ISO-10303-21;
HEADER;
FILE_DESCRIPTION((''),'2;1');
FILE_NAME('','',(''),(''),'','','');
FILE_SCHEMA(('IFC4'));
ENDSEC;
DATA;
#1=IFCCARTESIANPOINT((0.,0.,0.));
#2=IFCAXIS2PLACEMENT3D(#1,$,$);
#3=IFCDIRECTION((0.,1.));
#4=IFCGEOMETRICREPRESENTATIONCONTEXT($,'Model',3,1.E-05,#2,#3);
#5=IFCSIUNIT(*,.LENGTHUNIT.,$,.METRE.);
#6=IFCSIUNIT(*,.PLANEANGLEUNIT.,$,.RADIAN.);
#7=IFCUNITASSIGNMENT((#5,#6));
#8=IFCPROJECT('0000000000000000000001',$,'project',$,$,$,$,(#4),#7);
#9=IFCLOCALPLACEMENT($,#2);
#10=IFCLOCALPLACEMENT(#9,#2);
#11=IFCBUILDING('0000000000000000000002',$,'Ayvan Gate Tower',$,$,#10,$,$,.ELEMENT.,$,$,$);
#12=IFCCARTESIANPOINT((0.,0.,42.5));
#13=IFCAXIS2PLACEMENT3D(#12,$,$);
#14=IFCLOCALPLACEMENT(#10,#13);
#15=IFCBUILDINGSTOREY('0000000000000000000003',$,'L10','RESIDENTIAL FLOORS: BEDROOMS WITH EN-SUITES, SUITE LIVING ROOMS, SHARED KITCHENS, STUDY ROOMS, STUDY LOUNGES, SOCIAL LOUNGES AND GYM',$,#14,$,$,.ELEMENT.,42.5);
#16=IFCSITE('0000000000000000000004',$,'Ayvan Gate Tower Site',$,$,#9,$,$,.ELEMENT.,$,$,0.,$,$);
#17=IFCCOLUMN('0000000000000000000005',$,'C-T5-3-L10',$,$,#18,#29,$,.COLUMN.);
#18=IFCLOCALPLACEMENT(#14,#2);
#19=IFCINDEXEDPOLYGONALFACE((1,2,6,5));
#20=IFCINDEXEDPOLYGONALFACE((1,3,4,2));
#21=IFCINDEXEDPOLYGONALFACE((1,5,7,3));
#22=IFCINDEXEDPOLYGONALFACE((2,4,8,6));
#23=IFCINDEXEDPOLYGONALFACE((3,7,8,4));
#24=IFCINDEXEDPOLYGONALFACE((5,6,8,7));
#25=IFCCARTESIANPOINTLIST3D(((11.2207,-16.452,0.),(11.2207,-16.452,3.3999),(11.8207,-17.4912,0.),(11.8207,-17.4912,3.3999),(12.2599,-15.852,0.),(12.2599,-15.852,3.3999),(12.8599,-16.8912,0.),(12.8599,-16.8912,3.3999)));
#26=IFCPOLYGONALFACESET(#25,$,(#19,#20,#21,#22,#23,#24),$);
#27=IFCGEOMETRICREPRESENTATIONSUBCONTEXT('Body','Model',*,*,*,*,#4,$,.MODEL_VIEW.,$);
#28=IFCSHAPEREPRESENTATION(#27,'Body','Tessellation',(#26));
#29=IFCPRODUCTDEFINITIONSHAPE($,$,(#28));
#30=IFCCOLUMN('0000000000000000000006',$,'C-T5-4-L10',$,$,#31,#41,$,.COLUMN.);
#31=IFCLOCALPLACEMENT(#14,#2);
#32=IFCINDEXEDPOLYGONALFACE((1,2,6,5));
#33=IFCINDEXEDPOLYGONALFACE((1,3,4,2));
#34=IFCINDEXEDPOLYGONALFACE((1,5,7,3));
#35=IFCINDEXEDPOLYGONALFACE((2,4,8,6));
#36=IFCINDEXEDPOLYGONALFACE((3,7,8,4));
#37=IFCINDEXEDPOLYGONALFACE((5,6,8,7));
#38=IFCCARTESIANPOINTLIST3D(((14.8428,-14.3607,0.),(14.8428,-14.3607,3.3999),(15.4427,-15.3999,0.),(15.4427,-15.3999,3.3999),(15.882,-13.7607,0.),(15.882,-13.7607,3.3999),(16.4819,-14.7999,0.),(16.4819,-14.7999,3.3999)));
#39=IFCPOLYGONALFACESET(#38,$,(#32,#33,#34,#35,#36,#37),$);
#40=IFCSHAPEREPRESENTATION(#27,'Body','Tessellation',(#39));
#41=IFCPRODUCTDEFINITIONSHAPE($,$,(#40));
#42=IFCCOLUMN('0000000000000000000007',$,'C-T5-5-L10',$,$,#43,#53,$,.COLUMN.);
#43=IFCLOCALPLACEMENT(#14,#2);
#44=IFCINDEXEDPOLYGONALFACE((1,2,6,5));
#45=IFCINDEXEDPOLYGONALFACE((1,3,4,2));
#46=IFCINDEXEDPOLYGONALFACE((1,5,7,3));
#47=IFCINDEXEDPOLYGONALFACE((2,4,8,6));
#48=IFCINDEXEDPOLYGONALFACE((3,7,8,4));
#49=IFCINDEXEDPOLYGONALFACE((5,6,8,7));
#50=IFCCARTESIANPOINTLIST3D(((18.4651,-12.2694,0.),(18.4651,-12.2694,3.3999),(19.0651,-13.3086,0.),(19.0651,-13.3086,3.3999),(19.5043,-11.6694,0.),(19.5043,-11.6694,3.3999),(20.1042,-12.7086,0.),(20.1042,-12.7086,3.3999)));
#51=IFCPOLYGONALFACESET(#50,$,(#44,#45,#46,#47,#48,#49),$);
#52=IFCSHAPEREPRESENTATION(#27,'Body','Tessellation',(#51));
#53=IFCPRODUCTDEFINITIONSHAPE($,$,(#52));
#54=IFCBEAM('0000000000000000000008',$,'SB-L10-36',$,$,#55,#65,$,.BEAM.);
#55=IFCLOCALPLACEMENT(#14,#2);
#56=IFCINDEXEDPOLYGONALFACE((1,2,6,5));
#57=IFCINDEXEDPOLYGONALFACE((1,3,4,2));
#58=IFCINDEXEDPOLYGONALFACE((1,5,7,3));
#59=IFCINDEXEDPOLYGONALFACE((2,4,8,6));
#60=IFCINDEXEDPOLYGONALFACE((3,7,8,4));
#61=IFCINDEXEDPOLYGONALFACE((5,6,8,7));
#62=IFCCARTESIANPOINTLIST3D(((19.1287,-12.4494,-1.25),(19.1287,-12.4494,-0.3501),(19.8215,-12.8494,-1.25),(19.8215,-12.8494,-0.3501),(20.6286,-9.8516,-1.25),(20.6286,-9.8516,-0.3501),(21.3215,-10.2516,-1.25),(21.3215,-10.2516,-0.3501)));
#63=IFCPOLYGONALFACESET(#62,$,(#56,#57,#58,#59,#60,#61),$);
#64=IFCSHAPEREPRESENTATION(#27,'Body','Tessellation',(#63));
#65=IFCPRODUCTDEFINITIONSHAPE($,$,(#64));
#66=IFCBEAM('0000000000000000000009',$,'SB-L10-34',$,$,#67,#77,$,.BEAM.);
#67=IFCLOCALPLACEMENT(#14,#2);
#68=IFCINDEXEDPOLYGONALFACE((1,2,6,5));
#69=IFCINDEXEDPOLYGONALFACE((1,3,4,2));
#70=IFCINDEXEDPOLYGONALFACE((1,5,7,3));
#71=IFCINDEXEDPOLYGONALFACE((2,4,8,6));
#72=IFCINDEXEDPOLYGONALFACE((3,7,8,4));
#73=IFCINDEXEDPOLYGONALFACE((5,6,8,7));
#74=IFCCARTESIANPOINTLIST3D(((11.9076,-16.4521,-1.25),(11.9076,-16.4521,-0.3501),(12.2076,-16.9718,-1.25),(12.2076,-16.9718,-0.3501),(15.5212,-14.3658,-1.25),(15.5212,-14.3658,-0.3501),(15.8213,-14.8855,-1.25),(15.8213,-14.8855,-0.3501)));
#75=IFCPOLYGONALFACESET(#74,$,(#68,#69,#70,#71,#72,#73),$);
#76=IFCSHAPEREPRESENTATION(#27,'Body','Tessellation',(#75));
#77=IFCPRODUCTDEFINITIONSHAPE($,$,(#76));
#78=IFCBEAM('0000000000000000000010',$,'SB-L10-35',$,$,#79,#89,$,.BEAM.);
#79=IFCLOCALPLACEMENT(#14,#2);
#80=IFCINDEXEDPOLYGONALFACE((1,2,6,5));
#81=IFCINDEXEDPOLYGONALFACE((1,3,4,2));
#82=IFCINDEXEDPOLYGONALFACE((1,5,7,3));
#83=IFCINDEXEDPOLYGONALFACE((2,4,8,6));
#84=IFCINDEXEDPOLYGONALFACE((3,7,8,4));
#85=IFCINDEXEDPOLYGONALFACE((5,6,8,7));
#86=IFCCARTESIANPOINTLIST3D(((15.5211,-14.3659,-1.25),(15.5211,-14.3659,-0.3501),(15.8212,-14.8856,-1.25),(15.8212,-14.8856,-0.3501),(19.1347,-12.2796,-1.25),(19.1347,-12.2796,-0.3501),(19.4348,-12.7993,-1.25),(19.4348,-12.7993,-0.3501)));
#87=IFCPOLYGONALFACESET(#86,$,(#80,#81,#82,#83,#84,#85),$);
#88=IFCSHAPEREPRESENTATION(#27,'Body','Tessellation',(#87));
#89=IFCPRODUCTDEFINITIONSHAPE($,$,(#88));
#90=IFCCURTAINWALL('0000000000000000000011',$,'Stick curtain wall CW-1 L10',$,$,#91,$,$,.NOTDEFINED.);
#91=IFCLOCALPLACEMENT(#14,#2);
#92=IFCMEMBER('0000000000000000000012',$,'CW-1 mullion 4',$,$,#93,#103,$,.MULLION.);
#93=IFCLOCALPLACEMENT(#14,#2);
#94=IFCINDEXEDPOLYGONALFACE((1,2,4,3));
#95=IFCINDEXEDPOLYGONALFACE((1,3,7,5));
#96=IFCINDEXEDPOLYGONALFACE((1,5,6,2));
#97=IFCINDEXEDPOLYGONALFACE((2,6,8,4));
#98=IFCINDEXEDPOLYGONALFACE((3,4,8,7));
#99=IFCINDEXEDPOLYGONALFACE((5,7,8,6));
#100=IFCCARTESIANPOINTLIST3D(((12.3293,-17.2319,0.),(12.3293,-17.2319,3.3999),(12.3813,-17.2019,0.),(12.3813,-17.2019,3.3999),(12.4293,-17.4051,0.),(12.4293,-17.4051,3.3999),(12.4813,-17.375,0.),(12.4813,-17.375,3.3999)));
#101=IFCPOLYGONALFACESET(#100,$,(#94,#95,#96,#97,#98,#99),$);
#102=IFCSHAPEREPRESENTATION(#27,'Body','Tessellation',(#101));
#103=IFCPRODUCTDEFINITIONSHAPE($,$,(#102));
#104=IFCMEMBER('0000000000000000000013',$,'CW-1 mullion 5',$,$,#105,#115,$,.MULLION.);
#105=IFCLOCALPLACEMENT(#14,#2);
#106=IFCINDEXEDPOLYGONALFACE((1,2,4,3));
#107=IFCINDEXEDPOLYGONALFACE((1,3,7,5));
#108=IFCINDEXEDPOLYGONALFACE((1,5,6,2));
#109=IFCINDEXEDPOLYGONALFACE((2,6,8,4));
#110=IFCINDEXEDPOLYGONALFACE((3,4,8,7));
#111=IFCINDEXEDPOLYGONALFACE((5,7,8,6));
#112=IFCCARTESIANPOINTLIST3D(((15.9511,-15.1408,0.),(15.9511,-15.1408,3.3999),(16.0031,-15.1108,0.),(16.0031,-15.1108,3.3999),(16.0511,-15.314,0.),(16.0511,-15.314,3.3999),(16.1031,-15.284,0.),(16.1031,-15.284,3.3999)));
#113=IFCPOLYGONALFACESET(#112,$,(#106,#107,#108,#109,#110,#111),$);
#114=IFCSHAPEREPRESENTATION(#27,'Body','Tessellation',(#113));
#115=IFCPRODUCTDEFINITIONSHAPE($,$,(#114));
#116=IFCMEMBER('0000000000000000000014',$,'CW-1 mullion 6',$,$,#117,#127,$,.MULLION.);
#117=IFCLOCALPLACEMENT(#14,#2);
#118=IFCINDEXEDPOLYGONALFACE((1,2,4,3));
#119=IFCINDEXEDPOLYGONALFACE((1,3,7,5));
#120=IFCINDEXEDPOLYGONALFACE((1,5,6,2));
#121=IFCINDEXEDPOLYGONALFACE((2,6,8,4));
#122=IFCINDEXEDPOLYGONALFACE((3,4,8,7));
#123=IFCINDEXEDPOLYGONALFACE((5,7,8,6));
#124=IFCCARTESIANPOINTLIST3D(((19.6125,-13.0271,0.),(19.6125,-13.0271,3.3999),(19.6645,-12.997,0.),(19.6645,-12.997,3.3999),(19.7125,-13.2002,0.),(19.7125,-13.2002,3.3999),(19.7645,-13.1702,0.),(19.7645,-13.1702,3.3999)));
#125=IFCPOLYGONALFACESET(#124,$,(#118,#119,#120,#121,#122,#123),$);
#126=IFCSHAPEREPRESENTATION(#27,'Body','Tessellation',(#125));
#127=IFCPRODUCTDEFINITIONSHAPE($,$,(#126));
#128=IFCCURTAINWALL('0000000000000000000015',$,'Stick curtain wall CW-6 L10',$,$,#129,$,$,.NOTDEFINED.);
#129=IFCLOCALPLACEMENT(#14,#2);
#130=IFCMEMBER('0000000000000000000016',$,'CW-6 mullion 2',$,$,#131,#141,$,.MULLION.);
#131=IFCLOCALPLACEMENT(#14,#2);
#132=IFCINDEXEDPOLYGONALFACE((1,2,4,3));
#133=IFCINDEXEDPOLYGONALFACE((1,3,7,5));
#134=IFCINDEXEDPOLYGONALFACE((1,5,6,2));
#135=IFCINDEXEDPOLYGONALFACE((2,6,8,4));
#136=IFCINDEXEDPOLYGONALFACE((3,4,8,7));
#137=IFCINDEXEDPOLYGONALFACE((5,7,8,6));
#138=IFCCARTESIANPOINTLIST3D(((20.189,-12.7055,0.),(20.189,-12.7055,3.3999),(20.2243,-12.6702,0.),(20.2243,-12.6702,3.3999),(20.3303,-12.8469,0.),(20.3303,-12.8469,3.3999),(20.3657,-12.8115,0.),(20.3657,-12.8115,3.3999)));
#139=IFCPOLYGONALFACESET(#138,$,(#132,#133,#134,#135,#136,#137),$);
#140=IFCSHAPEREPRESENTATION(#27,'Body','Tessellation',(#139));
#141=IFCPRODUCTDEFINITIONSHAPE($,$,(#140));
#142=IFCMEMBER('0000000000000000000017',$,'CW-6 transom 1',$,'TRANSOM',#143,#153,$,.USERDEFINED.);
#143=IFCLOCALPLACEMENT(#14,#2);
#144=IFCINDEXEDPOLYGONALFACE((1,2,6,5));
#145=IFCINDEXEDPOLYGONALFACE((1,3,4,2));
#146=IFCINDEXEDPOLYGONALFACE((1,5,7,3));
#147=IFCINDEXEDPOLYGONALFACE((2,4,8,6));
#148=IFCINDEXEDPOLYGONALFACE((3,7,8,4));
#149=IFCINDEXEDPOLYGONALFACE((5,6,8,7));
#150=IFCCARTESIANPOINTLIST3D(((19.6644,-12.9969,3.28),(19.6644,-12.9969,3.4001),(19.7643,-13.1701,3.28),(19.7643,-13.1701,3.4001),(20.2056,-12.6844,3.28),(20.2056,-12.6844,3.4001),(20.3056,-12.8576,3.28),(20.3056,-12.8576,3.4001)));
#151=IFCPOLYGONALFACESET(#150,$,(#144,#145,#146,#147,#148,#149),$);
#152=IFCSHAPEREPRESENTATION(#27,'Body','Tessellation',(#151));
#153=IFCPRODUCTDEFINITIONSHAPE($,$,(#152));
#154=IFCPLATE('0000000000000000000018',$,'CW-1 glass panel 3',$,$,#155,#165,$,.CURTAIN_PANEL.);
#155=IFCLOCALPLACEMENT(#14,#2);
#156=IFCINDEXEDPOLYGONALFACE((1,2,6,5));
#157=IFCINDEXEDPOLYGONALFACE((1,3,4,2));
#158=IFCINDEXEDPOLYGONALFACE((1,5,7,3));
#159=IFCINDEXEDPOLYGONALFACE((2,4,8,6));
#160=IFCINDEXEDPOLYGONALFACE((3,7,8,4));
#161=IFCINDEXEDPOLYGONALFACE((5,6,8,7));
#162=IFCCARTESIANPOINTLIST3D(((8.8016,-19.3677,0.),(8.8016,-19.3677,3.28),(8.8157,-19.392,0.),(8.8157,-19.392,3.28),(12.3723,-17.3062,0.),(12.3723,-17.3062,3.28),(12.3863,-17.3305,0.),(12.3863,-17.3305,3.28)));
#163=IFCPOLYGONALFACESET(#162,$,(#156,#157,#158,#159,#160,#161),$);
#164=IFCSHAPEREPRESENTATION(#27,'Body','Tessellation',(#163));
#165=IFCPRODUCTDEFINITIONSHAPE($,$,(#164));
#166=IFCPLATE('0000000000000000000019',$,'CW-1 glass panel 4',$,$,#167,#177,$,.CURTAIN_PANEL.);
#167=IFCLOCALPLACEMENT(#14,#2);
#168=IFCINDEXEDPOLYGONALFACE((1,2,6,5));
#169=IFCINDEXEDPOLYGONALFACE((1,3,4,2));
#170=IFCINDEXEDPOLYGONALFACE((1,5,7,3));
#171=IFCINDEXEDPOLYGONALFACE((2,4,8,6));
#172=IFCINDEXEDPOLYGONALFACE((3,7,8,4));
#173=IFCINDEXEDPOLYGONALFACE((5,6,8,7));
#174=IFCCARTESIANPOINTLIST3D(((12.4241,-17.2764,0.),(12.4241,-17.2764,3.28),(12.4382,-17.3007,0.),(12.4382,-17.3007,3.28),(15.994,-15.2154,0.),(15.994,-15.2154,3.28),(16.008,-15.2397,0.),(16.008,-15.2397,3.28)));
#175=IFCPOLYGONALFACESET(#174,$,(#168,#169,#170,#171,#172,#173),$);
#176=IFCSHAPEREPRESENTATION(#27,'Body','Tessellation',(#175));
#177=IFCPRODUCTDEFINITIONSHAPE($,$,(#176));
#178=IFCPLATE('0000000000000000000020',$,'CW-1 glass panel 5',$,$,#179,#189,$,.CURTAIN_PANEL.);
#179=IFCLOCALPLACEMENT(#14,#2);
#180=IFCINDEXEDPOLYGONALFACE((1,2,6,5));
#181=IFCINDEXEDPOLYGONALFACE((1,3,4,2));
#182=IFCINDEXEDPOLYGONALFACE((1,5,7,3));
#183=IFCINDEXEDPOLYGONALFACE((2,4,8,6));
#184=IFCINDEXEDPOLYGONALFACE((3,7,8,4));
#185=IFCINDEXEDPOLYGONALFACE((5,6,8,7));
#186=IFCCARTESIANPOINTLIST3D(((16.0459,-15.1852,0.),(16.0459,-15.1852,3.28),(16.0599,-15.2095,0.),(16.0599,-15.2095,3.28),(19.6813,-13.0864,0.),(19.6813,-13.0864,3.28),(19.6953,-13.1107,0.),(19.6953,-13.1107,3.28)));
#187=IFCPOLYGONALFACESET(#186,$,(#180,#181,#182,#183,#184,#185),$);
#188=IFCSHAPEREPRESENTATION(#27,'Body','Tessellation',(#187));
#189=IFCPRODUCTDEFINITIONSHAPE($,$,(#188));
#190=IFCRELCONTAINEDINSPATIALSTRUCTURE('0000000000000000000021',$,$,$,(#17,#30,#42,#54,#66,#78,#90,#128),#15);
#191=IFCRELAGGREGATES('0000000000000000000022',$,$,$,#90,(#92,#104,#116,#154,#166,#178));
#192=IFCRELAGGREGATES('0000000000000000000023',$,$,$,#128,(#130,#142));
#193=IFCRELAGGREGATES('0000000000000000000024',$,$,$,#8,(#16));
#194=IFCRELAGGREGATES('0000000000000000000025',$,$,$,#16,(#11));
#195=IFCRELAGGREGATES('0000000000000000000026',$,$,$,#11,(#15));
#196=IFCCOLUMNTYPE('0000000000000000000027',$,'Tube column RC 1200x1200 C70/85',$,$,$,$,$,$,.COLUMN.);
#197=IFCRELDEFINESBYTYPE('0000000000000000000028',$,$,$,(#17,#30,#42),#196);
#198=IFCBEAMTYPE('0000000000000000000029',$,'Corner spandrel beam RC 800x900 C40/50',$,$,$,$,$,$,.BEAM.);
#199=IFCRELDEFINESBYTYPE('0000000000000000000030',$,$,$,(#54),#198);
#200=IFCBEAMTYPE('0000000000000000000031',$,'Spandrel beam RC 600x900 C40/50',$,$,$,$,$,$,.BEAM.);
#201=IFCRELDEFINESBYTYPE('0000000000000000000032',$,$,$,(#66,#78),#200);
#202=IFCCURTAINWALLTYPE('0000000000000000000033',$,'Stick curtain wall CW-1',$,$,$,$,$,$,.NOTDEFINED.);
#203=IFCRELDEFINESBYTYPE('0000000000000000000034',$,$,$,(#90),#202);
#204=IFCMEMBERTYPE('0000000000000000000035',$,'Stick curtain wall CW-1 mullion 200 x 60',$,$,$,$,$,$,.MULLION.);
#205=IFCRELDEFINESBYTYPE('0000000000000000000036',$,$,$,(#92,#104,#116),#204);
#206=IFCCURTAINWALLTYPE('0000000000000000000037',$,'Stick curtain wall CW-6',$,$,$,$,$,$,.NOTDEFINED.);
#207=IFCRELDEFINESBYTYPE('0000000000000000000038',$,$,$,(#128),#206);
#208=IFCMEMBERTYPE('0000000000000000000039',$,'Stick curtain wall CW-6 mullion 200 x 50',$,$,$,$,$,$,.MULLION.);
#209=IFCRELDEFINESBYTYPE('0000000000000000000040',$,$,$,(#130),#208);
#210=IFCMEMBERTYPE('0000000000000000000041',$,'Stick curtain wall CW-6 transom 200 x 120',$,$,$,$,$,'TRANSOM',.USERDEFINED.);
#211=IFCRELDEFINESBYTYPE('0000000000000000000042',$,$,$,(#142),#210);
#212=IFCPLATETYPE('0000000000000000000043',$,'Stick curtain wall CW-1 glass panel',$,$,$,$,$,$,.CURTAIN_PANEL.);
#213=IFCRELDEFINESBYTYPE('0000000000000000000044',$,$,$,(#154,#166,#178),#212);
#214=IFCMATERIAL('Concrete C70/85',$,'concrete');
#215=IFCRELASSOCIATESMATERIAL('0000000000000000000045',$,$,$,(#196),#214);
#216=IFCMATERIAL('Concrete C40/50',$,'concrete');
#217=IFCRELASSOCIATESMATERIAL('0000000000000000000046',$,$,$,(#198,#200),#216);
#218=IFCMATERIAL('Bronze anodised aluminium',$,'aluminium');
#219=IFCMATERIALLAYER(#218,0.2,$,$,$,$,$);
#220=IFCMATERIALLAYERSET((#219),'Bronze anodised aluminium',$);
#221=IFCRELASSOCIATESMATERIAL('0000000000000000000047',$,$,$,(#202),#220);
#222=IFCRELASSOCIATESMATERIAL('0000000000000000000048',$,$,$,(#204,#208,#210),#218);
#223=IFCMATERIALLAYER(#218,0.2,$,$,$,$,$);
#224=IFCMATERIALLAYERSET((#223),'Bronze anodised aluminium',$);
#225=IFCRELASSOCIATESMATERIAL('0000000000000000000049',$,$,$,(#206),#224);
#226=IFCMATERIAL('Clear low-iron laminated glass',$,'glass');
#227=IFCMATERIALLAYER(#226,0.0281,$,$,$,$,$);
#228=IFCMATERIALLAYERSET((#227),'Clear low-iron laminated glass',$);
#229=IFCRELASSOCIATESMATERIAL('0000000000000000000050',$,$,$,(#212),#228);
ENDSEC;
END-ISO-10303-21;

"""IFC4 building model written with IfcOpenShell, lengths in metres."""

from ifc_helpers import new_model, si_unit, direction, frame, origin, origin_2d, place, context, subcontext, project, spatial, rectangle, extrude, material, layer, layer_set, material_profile, profile_set, type_object, element, aggregate, save


model = new_model("IFC4")

# Units and contexts
model_context = context("Model", 3, precision=1e-05, world=origin(), true_north=direction((0.0, 1.0)))
body_context = subcontext(model_context, "Body", "Model", "MODEL_VIEW")
ifc_project = project(units=[si_unit("LENGTHUNIT", "METRE"), si_unit("PLANEANGLEUNIT", "RADIAN")], contexts=[model_context])

# Site, building, storey
site_placement = place(None, origin())
site = spatial("IfcSite", under=ifc_project, at=site_placement, Name="Ayvan Gate Tower Site", CompositionType="ELEMENT", RefElevation=0.0)
building_placement = place(site_placement, origin())
building = spatial("IfcBuilding", under=site, at=building_placement, Name="Ayvan Gate Tower", CompositionType="ELEMENT")
storey_placement = place(building_placement, frame((0.0, 0.0, 42.5)))
storey = spatial("IfcBuildingStorey", under=building, at=storey_placement, Name="L10", Description="RESIDENTIAL FLOORS: BEDROOMS WITH EN-SUITES, SUITE LIVING ROOMS, SHARED KITCHENS, STUDY ROOMS, STUDY LOUNGES, SOCIAL LOUNGES AND GYM", CompositionType="ELEMENT", Elevation=42.5)

# Columns
ifc_material_1 = material(Name="Concrete C70/85", Category="concrete")
ifc_material_profile_1 = material_profile(ifc_material_1, rectangle(XDim=1.2, YDim=1.2, at=origin_2d()), Name="RC 1200x1200")
ifc_profile_set_1 = profile_set([ifc_material_profile_1], Name="Concrete C70/85")
column_type = type_object("IfcColumnType", Name="Tube column RC 1200x1200 C70/85", PredefinedType="COLUMN", material=ifc_profile_set_1)
for number, where, z_axis, x_axis, name in (
    (1, (12.0403, -16.6716, 0.0), (0.0, 0.0, 1.0), (0.5, -0.866025, 0.0), "C-T5-3-L10"),
    (2, (15.6624, -14.5803, 0.0), (0.0, 0.0, 1.0), (0.5, -0.866025, 0.0), "C-T5-4-L10"),
    (3, (19.2847, -12.489, 0.0), (0.0, 0.0, 1.0), (0.5, -0.866025, 0.0), "C-T5-5-L10"),
):
    element("IfcColumn", number, at=place(storey_placement, frame(where, z_axis=z_axis, x_axis=x_axis)), inside=storey, type_object=column_type, Name=name, PredefinedType="COLUMN", context=body_context, shape_type="SweptSolid", body=[
        extrude(rectangle(XDim=1.2, YDim=1.2, at=origin_2d()), origin(), (0.0, 0.0, 1.0), 3.3999),
    ])

# Beams
ifc_material_2 = material(Name="Concrete C40/50", Category="concrete")
ifc_material_profile_2 = material_profile(ifc_material_2, rectangle(XDim=0.8, YDim=0.8999, at=origin_2d()), Name="RC 800x900")
ifc_profile_set_2 = profile_set([ifc_material_profile_2], Name="Concrete C40/50")
beam_type_1 = type_object("IfcBeamType", Name="Corner spandrel beam RC 800x900 C40/50", PredefinedType="BEAM", material=ifc_profile_set_2)
beam_placement = place(storey_placement, frame((19.4751, -12.6494, -0.8), z_axis=(0.500025, 0.866011, 0.0), x_axis=(-0.866011, 0.500025, 0.0)))
element("IfcBeam", 4, at=beam_placement, inside=storey, type_object=beam_type_1, Name="SB-L10-36", PredefinedType="BEAM", context=body_context, shape_type="SweptSolid", body=[
    extrude(rectangle(XDim=0.8, YDim=0.8999, at=origin_2d()), origin(), (0.0, 0.0, 1.0), 2.9998),
])
ifc_material_profile_3 = material_profile(ifc_material_2, rectangle(XDim=0.6001, YDim=0.8999, at=origin_2d()), Name="RC 600x900")
ifc_profile_set_3 = profile_set([ifc_material_profile_3], Name="Concrete C40/50")
beam_type_2 = type_object("IfcBeamType", Name="Spandrel beam RC 600x900 C40/50", PredefinedType="BEAM", material=ifc_profile_set_3)
for number, where, z_axis, x_axis, name in (
    (5, (12.0576, -16.7119, -0.8), (0.866035, 0.499984, 0.0), (-0.499984, 0.866035, 0.0), "SB-L10-34"),
    (6, (15.6711, -14.6257, -0.8), (0.866035, 0.499984, 0.0), (-0.499984, 0.866035, 0.0), "SB-L10-35"),
):
    element("IfcBeam", number, at=place(storey_placement, frame(where, z_axis=z_axis, x_axis=x_axis)), inside=storey, type_object=beam_type_2, Name=name, PredefinedType="BEAM", context=body_context, shape_type="SweptSolid", body=[
        extrude(rectangle(XDim=0.6001, YDim=0.8999, at=origin_2d()), origin(), (0.0, 0.0, 1.0), 4.1726),
    ])

# Curtain walls, members
ifc_material_3 = material(Name="Bronze anodised aluminium", Category="aluminium")
ifc_layer_1 = layer(ifc_material_3, 0.2)
ifc_layer_set_1 = layer_set([ifc_layer_1], Name="Bronze anodised aluminium")
curtain_wall_type_1 = type_object("IfcCurtainWallType", Name="Stick curtain wall CW-1", PredefinedType="NOTDEFINED", material=ifc_layer_set_1)
curtain_wall_1_placement = place(storey_placement, origin())
curtain_wall_1 = element("IfcCurtainWall", 7, at=curtain_wall_1_placement, inside=storey, type_object=curtain_wall_type_1, Name="Stick curtain wall CW-1 L10", PredefinedType="NOTDEFINED")
ifc_material_profile_4 = material_profile(ifc_material_3, rectangle(XDim=0.2, YDim=0.0601, at=origin_2d()), Name="Stick curtain wall CW-1 mullion 200 x 60")
ifc_profile_set_4 = profile_set([ifc_material_profile_4], Name="Bronze anodised aluminium")
member_type_1 = type_object("IfcMemberType", Name="Stick curtain wall CW-1 mullion 200 x 60", PredefinedType="MULLION", material=ifc_profile_set_4)
member_1_placement = place(storey_placement, frame((12.4053, -17.3035, 0.0), z_axis=(0.0, 0.0, 1.0), x_axis=(0.5, -0.866025, 0.0)))
member_1 = element("IfcMember", 8, at=member_1_placement, type_object=member_type_1, Name="CW-1 mullion 4", PredefinedType="MULLION", context=body_context, shape_type="SweptSolid", body=[
    extrude(rectangle(XDim=0.2, YDim=0.0601, at=origin_2d()), origin(), (0.0, 0.0, 1.0), 3.3999),
])
member_2_placement = place(storey_placement, frame((16.0271, -15.2124, 0.0), z_axis=(0.0, 0.0, 1.0), x_axis=(0.5, -0.866025, 0.0)))
member_2 = element("IfcMember", 9, at=member_2_placement, type_object=member_type_1, Name="CW-1 mullion 5", PredefinedType="MULLION", context=body_context, shape_type="SweptSolid", body=[
    extrude(rectangle(XDim=0.2, YDim=0.0601, at=origin_2d()), origin(), (0.0, 0.0, 1.0), 3.3999),
])
member_3_placement = place(storey_placement, frame((19.6885, -13.0986, 0.0), z_axis=(0.0, 0.0, 1.0), x_axis=(0.5, -0.866025, 0.0)))
member_3 = element("IfcMember", 10, at=member_3_placement, type_object=member_type_1, Name="CW-1 mullion 6", PredefinedType="MULLION", context=body_context, shape_type="SweptSolid", body=[
    extrude(rectangle(XDim=0.2, YDim=0.0601, at=origin_2d()), origin(), (0.0, 0.0, 1.0), 3.3999),
])
ifc_layer_2 = layer(ifc_material_3, 0.2)
ifc_layer_set_2 = layer_set([ifc_layer_2], Name="Bronze anodised aluminium")
curtain_wall_type_2 = type_object("IfcCurtainWallType", Name="Stick curtain wall CW-6", PredefinedType="NOTDEFINED", material=ifc_layer_set_2)
curtain_wall_2_placement = place(storey_placement, origin())
curtain_wall_2 = element("IfcCurtainWall", 11, at=curtain_wall_2_placement, inside=storey, type_object=curtain_wall_type_2, Name="Stick curtain wall CW-6 L10", PredefinedType="NOTDEFINED")
ifc_material_profile_5 = material_profile(ifc_material_3, rectangle(XDim=0.2, YDim=0.05, at=origin_2d()), Name="Stick curtain wall CW-6 mullion 200 x 50")
ifc_profile_set_5 = profile_set([ifc_material_profile_5], Name="Bronze anodised aluminium")
member_type_2 = type_object("IfcMemberType", Name="Stick curtain wall CW-6 mullion 200 x 50", PredefinedType="MULLION", material=ifc_profile_set_5)
member_4_placement = place(storey_placement, frame((20.2773, -12.7585, 0.0), z_axis=(0.0, 0.0, 1.0), x_axis=(0.707107, -0.707107, 0.0)))
member_4 = element("IfcMember", 12, at=member_4_placement, type_object=member_type_2, Name="CW-6 mullion 2", PredefinedType="MULLION", context=body_context, shape_type="SweptSolid", body=[
    extrude(rectangle(XDim=0.2, YDim=0.05, at=origin_2d()), origin(), (0.0, 0.0, 1.0), 3.3999),
])
ifc_material_profile_6 = material_profile(ifc_material_3, rectangle(XDim=0.2, YDim=0.1201, at=origin_2d()), Name="Stick curtain wall CW-6 transom 200 x 120")
ifc_profile_set_6 = profile_set([ifc_material_profile_6], Name="Bronze anodised aluminium")
member_type_3 = type_object("IfcMemberType", Name="Stick curtain wall CW-6 transom 200 x 120", ElementType="TRANSOM", PredefinedType="USERDEFINED", material=ifc_profile_set_6)
member_5_placement = place(storey_placement, frame((19.7144, -13.0835, 3.3401), z_axis=(0.866023, 0.500004, 0.0), x_axis=(-0.500004, 0.866023, 0.0)))
member_5 = element("IfcMember", 13, at=member_5_placement, type_object=member_type_3, Name="CW-6 transom 1", ObjectType="TRANSOM", PredefinedType="USERDEFINED", context=body_context, shape_type="SweptSolid", body=[
    extrude(rectangle(XDim=0.2, YDim=0.1201, at=origin_2d()), origin(), (0.0, 0.0, 1.0), 0.625),
])

# Plates
ifc_material_4 = material(Name="Clear low-iron laminated glass", Category="glass")
ifc_layer_3 = layer(ifc_material_4, 0.0281)
ifc_layer_set_3 = layer_set([ifc_layer_3], Name="Clear low-iron laminated glass")
plate_type_1 = type_object("IfcPlateType", Name="Stick curtain wall CW-1 glass panel", PredefinedType="CURTAIN_PANEL", material=ifc_layer_set_3)
plate_1_placement = place(storey_placement, frame((10.594, -18.3491, 0.0), z_axis=(0.0, 0.0, 1.0), x_axis=(0.866025, 0.5, 0.0)))
plate_1 = element("IfcPlate", 14, at=plate_1_placement, type_object=plate_type_1, Name="CW-1 glass panel 3", PredefinedType="CURTAIN_PANEL", context=body_context, shape_type="SweptSolid", body=[
    extrude(rectangle(XDim=4.123, YDim=0.0281, at=origin_2d()), origin(), (0.0, 0.0, 1.0), 3.28),
])
plate_2_placement = place(storey_placement, frame((14.2161, -16.2581, 0.0), z_axis=(0.0, 0.0, 1.0), x_axis=(0.866025, 0.5, 0.0)))
plate_2 = element("IfcPlate", 15, at=plate_2_placement, type_object=plate_type_1, Name="CW-1 glass panel 4", PredefinedType="CURTAIN_PANEL", context=body_context, shape_type="SweptSolid", body=[
    extrude(rectangle(XDim=4.1221, YDim=0.0281, at=origin_2d()), origin(), (0.0, 0.0, 1.0), 3.28),
])
plate_3_placement = place(storey_placement, frame((17.8706, -14.1479, 0.0), z_axis=(0.0, 0.0, 1.0), x_axis=(0.866025, 0.5, 0.0)))
plate_3 = element("IfcPlate", 16, at=plate_3_placement, type_object=plate_type_1, Name="CW-1 glass panel 5", PredefinedType="CURTAIN_PANEL", context=body_context, shape_type="SweptSolid", body=[
    extrude(rectangle(XDim=4.1978, YDim=0.0281, at=origin_2d()), origin(), (0.0, 0.0, 1.0), 3.28),
])
aggregate(curtain_wall_1, [member_1, member_2, member_3, plate_1, plate_2, plate_3])
aggregate(curtain_wall_2, [member_4, member_5])

save(model, "model.ifc")
